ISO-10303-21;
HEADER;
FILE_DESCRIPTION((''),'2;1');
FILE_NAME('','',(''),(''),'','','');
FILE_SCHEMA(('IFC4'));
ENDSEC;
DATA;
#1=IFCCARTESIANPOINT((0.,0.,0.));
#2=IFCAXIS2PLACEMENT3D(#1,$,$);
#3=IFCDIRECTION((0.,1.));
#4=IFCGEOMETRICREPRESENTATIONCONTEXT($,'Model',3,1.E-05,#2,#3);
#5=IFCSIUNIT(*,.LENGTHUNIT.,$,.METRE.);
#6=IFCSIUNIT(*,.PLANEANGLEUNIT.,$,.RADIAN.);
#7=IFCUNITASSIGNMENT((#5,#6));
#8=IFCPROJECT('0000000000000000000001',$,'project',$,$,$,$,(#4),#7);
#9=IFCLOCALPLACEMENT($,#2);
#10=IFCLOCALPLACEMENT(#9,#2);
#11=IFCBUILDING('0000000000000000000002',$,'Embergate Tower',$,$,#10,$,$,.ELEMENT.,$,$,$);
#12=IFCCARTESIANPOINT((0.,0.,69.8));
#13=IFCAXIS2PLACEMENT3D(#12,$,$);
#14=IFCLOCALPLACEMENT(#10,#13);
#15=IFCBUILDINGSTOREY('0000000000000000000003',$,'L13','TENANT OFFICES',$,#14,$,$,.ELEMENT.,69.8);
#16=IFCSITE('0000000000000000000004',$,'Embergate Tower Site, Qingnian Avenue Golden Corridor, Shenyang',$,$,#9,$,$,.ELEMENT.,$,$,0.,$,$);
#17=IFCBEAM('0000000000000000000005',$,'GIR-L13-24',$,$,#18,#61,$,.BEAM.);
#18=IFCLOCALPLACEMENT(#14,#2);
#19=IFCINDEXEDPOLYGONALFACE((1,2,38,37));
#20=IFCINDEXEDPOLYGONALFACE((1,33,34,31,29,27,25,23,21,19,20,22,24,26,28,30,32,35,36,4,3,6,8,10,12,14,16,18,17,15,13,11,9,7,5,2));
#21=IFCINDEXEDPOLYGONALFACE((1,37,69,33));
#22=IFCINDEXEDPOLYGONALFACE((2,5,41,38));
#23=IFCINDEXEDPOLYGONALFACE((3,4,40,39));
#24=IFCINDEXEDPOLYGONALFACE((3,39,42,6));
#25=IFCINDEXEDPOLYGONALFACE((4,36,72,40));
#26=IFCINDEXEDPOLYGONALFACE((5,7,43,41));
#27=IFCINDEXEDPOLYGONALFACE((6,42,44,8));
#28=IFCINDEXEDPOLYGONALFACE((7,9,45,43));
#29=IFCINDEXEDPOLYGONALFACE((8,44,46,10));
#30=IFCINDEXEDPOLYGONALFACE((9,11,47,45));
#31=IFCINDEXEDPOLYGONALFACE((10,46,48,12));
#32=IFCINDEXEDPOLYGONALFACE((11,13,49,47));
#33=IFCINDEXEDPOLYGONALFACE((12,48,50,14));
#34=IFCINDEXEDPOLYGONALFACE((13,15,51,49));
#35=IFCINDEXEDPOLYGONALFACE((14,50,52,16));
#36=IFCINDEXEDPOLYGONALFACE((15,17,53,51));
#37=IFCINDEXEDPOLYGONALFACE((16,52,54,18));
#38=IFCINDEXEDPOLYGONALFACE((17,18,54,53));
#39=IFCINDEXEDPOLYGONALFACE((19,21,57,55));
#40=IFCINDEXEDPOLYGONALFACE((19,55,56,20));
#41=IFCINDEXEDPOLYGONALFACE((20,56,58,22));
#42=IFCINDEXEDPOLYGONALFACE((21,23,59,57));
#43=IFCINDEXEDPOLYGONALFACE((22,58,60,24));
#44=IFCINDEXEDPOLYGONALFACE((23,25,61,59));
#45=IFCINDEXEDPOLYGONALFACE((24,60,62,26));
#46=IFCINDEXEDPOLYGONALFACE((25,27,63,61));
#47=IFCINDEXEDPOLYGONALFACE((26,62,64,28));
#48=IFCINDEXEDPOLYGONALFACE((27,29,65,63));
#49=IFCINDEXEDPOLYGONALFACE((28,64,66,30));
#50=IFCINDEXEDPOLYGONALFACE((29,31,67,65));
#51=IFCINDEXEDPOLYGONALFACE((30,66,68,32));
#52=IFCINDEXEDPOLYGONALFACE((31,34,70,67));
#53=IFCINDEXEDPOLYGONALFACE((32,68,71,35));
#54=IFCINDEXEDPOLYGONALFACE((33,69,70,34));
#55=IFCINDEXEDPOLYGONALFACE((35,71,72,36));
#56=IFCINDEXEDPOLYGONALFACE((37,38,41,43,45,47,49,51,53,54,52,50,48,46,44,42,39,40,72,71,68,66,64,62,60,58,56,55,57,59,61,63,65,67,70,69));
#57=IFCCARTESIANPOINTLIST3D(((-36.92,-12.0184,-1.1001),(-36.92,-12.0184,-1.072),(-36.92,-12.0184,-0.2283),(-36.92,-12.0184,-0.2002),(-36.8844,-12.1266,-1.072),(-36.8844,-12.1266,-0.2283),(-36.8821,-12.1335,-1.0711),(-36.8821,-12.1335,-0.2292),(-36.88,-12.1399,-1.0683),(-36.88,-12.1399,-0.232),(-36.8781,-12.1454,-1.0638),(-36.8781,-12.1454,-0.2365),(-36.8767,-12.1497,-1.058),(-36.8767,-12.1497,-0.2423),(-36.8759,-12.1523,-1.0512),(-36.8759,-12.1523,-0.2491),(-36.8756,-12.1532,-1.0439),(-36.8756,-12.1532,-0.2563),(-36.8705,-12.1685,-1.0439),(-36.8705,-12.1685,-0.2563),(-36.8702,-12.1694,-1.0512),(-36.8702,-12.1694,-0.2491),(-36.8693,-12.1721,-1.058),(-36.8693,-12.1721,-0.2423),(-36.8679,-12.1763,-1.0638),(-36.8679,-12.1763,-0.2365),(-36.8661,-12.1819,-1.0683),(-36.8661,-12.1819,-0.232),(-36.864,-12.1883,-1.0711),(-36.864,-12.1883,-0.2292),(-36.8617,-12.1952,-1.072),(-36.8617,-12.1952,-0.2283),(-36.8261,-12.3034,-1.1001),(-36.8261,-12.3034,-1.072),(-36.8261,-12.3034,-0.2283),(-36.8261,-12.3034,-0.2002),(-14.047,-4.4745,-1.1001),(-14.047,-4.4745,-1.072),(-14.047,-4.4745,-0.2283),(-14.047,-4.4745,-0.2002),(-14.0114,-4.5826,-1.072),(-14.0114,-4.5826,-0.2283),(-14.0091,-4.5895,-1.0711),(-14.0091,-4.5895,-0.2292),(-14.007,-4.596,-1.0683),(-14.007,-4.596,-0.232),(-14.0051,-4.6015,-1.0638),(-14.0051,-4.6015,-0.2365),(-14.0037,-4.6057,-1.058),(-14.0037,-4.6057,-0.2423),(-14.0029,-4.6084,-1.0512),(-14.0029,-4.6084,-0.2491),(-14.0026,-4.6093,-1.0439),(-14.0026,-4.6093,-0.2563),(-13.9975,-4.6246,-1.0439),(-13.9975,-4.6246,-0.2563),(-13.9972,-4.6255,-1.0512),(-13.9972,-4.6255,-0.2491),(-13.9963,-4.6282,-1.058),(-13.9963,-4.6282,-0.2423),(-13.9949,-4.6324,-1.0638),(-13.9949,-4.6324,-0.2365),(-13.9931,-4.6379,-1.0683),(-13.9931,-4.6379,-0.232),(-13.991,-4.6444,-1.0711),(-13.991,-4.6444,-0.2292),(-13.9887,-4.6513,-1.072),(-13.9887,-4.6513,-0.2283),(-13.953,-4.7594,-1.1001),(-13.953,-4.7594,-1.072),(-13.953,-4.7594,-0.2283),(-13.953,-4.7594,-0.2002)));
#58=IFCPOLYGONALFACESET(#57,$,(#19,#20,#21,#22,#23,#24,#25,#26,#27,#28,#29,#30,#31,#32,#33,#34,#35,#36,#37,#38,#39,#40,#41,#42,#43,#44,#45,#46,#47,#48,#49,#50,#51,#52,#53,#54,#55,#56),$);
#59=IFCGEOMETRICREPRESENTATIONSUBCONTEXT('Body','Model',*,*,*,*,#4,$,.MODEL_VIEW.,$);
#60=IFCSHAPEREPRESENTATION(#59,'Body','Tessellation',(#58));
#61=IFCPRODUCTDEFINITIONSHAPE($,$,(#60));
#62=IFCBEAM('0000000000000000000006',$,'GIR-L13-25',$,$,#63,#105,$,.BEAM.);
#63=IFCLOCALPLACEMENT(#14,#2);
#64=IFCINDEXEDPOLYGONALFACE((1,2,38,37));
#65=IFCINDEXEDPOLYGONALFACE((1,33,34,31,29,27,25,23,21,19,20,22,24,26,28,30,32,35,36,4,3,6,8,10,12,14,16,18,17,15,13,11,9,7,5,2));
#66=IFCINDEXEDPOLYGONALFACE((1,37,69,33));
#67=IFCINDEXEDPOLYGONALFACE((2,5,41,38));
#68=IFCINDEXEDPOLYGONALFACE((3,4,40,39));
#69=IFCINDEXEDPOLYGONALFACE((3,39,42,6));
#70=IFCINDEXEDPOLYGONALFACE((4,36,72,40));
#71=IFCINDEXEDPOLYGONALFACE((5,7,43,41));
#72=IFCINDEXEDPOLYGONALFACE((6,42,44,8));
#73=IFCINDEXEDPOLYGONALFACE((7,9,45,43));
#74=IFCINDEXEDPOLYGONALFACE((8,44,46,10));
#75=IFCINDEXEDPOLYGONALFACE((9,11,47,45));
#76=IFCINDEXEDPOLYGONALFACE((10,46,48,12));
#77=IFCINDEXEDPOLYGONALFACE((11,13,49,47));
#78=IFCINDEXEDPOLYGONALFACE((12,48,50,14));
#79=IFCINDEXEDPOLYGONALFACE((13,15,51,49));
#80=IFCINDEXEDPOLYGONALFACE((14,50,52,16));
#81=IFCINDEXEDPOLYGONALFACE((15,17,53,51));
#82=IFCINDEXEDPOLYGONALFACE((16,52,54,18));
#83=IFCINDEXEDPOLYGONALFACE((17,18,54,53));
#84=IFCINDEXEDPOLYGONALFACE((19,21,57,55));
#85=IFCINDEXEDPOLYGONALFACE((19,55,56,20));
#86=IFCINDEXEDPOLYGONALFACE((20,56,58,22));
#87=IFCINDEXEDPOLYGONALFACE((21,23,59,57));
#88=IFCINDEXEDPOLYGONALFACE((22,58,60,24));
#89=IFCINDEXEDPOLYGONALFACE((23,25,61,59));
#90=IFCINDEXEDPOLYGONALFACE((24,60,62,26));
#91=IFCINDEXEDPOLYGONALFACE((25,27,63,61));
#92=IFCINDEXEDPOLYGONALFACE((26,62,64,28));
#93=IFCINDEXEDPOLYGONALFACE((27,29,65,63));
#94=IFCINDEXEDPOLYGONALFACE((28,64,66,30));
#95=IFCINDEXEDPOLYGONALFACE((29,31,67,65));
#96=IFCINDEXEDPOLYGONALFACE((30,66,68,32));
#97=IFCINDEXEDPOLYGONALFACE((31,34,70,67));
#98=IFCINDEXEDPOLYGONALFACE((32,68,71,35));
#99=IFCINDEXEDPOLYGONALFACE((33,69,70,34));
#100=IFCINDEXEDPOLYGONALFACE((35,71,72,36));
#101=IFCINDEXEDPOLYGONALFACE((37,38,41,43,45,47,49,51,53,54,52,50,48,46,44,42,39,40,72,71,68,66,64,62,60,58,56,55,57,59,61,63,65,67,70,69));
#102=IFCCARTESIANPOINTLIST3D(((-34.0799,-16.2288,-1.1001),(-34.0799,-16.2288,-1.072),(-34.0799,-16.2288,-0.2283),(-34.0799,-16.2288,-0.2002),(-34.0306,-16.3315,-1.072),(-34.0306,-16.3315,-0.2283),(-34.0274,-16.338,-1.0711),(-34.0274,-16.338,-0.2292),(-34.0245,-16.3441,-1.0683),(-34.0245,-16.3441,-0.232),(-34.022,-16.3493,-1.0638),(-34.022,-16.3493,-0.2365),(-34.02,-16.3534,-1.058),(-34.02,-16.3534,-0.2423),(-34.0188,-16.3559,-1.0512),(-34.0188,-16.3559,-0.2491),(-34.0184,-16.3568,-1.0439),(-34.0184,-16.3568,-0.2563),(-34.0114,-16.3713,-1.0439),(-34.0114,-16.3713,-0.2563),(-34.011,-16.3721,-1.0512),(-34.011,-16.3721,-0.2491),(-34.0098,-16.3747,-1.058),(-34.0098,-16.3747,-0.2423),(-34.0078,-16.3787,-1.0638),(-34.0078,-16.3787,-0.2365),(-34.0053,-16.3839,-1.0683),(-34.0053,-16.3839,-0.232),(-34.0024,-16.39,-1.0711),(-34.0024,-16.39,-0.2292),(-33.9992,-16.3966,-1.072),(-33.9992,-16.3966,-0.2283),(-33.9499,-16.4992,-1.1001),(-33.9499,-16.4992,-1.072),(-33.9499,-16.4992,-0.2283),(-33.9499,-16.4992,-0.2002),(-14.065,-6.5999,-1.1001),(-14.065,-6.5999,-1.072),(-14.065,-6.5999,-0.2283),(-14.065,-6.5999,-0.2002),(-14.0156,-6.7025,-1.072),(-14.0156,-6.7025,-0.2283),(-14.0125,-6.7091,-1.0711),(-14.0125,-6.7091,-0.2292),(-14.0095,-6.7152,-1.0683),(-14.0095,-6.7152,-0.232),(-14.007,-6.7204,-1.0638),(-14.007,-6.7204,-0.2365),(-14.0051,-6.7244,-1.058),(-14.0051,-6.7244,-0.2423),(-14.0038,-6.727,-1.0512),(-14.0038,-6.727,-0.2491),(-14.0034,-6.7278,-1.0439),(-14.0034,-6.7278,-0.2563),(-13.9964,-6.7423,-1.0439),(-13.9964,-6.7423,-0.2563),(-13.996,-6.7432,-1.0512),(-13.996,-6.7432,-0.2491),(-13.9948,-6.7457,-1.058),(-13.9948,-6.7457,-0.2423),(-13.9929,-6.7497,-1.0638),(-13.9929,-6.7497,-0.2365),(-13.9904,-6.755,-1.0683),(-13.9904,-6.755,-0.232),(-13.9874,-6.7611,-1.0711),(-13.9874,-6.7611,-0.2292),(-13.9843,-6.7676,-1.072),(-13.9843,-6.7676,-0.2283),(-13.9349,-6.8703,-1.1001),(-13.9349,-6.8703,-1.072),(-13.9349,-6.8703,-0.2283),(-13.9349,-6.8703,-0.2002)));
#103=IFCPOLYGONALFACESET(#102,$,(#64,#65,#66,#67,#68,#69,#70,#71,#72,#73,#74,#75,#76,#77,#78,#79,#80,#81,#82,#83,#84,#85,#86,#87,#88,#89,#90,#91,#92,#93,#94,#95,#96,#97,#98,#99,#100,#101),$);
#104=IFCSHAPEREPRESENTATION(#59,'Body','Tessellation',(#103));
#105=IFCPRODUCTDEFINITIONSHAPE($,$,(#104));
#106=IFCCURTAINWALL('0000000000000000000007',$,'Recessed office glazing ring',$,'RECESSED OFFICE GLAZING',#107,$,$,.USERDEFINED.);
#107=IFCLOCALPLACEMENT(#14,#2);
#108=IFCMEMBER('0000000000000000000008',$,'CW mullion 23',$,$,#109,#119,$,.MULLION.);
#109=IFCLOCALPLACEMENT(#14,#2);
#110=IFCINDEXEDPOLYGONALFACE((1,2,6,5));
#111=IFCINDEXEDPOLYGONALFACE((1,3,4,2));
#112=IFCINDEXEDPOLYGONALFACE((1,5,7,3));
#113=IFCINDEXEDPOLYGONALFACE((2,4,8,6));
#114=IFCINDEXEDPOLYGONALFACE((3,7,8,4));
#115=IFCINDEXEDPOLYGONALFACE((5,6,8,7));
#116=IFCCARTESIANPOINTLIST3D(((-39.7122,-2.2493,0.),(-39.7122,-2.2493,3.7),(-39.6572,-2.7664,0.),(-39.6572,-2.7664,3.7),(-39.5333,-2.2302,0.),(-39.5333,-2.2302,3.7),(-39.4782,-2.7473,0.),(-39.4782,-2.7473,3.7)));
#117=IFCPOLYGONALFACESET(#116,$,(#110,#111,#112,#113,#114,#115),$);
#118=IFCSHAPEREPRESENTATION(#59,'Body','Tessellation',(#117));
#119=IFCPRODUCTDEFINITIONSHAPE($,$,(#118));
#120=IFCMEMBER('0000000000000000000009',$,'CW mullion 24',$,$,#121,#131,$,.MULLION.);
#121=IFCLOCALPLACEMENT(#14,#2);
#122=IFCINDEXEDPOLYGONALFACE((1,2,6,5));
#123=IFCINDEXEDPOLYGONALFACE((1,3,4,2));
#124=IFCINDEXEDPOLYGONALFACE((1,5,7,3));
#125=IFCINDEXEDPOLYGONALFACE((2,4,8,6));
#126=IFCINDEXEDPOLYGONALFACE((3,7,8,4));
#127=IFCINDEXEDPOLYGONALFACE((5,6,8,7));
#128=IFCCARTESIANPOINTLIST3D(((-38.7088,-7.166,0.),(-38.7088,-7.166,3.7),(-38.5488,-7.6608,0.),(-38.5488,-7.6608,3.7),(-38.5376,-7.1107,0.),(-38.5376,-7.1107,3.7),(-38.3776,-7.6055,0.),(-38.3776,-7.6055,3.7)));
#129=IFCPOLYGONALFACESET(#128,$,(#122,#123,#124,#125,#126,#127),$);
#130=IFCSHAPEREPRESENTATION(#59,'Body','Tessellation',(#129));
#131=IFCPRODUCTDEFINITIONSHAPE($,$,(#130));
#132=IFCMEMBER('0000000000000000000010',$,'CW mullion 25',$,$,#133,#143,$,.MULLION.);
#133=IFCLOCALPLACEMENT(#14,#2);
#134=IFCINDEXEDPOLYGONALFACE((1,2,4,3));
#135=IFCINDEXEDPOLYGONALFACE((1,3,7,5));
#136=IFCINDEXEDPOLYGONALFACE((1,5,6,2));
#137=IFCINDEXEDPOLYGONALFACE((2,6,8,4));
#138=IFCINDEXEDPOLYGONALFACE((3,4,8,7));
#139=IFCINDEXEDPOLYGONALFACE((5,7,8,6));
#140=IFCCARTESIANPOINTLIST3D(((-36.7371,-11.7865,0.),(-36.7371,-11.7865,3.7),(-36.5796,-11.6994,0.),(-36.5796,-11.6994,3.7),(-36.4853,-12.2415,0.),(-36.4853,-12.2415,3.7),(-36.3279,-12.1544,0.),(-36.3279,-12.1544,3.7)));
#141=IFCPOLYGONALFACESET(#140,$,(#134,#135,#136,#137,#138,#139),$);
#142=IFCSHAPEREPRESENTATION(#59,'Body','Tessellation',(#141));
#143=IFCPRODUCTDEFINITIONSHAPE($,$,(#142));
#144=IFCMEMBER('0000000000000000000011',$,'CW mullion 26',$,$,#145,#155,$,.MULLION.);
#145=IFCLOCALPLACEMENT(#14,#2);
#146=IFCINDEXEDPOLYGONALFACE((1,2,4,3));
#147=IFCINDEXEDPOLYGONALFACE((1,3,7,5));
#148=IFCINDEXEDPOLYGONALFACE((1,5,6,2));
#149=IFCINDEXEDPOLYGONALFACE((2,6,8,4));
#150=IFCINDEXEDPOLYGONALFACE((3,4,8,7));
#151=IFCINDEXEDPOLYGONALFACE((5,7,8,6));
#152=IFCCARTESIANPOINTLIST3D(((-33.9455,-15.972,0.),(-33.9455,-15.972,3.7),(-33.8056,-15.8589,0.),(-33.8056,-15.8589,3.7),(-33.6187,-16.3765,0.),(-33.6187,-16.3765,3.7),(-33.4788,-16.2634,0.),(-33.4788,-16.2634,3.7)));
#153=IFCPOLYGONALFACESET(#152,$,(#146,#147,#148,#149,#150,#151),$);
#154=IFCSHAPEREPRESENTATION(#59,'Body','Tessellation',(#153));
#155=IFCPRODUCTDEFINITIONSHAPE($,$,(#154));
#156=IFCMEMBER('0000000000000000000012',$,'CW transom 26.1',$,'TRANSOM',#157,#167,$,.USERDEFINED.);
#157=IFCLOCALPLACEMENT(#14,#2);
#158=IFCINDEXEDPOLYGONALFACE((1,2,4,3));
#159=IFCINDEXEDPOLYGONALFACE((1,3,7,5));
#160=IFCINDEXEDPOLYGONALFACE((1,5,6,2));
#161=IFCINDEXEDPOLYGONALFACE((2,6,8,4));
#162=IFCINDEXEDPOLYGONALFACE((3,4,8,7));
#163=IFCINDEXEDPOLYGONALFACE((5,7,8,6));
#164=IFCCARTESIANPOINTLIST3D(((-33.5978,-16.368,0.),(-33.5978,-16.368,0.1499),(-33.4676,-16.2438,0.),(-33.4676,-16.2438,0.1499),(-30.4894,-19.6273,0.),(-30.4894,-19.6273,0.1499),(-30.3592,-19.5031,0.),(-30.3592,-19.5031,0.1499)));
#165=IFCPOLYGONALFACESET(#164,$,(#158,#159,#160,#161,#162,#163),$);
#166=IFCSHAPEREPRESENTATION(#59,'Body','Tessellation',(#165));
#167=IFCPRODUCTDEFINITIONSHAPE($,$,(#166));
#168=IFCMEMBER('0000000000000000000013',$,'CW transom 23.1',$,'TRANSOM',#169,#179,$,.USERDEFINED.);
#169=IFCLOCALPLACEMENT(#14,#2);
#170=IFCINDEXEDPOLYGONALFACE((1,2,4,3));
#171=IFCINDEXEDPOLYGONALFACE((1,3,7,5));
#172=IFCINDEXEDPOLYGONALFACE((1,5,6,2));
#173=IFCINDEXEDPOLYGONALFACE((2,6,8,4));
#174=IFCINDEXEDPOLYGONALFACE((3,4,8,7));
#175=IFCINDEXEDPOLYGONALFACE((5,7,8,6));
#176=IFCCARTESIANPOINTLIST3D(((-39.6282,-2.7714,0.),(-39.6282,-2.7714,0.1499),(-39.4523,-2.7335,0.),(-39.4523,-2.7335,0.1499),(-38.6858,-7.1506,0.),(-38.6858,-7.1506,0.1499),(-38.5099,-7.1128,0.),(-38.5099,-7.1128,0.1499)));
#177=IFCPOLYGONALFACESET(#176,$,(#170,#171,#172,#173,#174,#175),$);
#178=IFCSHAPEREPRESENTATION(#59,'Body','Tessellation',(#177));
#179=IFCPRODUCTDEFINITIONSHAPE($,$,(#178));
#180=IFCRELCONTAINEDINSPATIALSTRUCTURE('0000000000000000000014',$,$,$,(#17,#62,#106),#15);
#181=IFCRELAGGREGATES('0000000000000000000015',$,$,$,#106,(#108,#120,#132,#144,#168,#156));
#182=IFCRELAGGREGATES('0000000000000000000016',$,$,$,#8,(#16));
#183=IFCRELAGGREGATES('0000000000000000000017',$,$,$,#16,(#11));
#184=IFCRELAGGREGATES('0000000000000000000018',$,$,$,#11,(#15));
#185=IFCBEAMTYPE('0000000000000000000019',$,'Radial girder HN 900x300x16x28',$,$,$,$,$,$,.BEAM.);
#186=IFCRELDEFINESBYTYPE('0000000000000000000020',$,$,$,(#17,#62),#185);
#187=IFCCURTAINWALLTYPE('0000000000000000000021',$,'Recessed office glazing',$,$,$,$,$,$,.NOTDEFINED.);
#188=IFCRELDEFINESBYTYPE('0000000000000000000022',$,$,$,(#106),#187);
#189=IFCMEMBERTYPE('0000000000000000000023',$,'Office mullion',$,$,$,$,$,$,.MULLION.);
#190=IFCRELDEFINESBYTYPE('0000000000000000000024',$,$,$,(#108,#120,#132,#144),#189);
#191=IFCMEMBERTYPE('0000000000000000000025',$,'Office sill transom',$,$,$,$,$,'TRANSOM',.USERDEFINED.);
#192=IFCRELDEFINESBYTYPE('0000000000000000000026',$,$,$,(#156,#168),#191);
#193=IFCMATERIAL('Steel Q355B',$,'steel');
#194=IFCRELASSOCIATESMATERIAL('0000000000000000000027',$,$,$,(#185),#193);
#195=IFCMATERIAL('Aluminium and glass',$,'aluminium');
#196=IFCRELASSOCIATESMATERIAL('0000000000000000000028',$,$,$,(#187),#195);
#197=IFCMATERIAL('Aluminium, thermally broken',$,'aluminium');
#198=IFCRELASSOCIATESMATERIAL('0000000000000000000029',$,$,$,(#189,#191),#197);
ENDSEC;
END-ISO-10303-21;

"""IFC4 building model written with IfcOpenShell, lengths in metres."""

from ifc_helpers import new_model, si_unit, direction, frame, origin, origin_2d, place, context, subcontext, project, spatial, rectangle, i_section, extrude, source, transform, mapped, material, material_profile, profile_set, type_object, element, aggregate, save


model = new_model("IFC4")

# Units and contexts
model_context = context("Model", 3, precision=1e-05, world=origin(), true_north=direction((0.0, 1.0)))
body_context = subcontext(model_context, "Body", "Model", "MODEL_VIEW")
ifc_project = project(units=[si_unit("LENGTHUNIT", "METRE"), si_unit("PLANEANGLEUNIT", "RADIAN")], contexts=[model_context])

# Site, building, storey
site_placement = place(None, origin())
site = spatial("IfcSite", under=ifc_project, at=site_placement, Name="Embergate Tower Site, Qingnian Avenue Golden Corridor, Shenyang", CompositionType="ELEMENT", RefElevation=0.0)
building_placement = place(site_placement, origin())
building = spatial("IfcBuilding", under=site, at=building_placement, Name="Embergate Tower", CompositionType="ELEMENT")
storey_placement = place(building_placement, frame((0.0, 0.0, 69.8)))
storey = spatial("IfcBuildingStorey", under=building, at=storey_placement, Name="L13", Description="TENANT OFFICES", CompositionType="ELEMENT", Elevation=69.8)

# Beams
ifc_material_1 = material(Name="Steel Q355B", Category="steel")
ifc_material_profile_1 = material_profile(ifc_material_1, i_section(OverallWidth=0.3, OverallDepth=0.8999, WebThickness=0.0161, FlangeThickness=0.0281, FilletRadius=0.0281, at=origin_2d()), Name="HN 900x300x16x28")
ifc_profile_set_1 = profile_set([ifc_material_profile_1], Name="Steel Q355 grade B")
beam_type_1 = type_object("IfcBeamType", Name="Radial girder HN 900x300x16x28", PredefinedType="BEAM", material=ifc_profile_set_1)
shared_shape_1 = source(origin(), body_context, "Body", "SweptSolid", [
    extrude(i_section(OverallWidth=0.3, OverallDepth=0.8999, WebThickness=0.0161, FlangeThickness=0.0281, FilletRadius=0.0281, at=origin_2d()), origin(), (0.0, 0.0, 1.0), 24.085),
])
beam_1_placement = place(storey_placement, frame((-36.873, -12.1609, -0.6501), z_axis=(0.94968, 0.313222, 0.0), x_axis=(-0.313222, 0.94968, 0.0)))
element("IfcBeam", 1, at=beam_1_placement, inside=storey, type_object=beam_type_1, Name="GIR-L13-24", PredefinedType="BEAM", context=body_context, shape_type="MappedRepresentation", body=[
    mapped(shared_shape_1, transform((0.0, 0.0, 0.0))),
])
shared_shape_2 = source(origin(), body_context, "Body", "SweptSolid", [
    extrude(i_section(OverallWidth=0.3, OverallDepth=0.8999, WebThickness=0.0161, FlangeThickness=0.0281, FilletRadius=0.0281, at=origin_2d()), origin(), (0.0, 0.0, 1.0), 22.2107),
])
beam_2_placement = place(storey_placement, frame((-34.0149, -16.364, -0.6501), z_axis=(0.901141, 0.433527, 0.0), x_axis=(-0.433527, 0.901141, 0.0)))
element("IfcBeam", 2, at=beam_2_placement, inside=storey, type_object=beam_type_1, Name="GIR-L13-25", PredefinedType="BEAM", context=body_context, shape_type="MappedRepresentation", body=[
    mapped(shared_shape_2, transform((0.0, 0.0, 0.0))),
])

# Curtain wall, members
ifc_material_2 = material(Name="Aluminium and glass", Category="aluminium")
curtain_wall_type = type_object("IfcCurtainWallType", Name="Recessed office glazing", PredefinedType="NOTDEFINED", material=ifc_material_2)
curtain_wall_placement = place(storey_placement, origin())
curtain_wall = element("IfcCurtainWall", 3, at=curtain_wall_placement, inside=storey, type_object=curtain_wall_type, Name="Recessed office glazing ring", ObjectType="RECESSED OFFICE GLAZING", PredefinedType="USERDEFINED")
ifc_material_3 = material(Name="Aluminium, thermally broken", Category="aluminium")
ifc_material_profile_2 = material_profile(ifc_material_3, rectangle(XDim=0.1799, YDim=0.52, at=origin_2d()), Name="AL 520x180")
ifc_profile_set_2 = profile_set([ifc_material_profile_2], Name="Aluminium, thermally broken")
member_type_1 = type_object("IfcMemberType", Name="Office mullion", PredefinedType="MULLION", material=ifc_profile_set_2)
shared_shape_3 = source(origin(), body_context, "Body", "SweptSolid", [
    extrude(rectangle(XDim=0.1799, YDim=0.52, at=origin_2d()), origin(), (0.0, 0.0, 1.0), 3.7),
])
member_1_placement = place(storey_placement, frame((-39.5952, -2.4983, 0.0), z_axis=(0.0, 0.0, 1.0), x_axis=(0.994385, 0.10582, 0.0)))
member_1 = element("IfcMember", 4, at=member_1_placement, type_object=member_type_1, Name="CW mullion 23", PredefinedType="MULLION", context=body_context, shape_type="MappedRepresentation", body=[
    mapped(shared_shape_3, transform((0.0, 0.0, 0.0))),
])
member_2_placement = place(storey_placement, frame((-38.5432, -7.3857, 0.0), z_axis=(0.0, 0.0, 1.0), x_axis=(0.951501, 0.307646, 0.0)))
member_2 = element("IfcMember", 5, at=member_2_placement, type_object=member_type_1, Name="CW mullion 24", PredefinedType="MULLION", context=body_context, shape_type="MappedRepresentation", body=[
    mapped(shared_shape_3, transform((0.0, 0.0, 0.0))),
])
member_3_placement = place(storey_placement, frame((-36.5325, -11.9705, 0.0), z_axis=(0.0, 0.0, 1.0), x_axis=(0.875008, 0.484109, 0.0)))
member_3 = element("IfcMember", 6, at=member_3_placement, type_object=member_type_1, Name="CW mullion 25", PredefinedType="MULLION", context=body_context, shape_type="MappedRepresentation", body=[
    mapped(shared_shape_3, transform((0.0, 0.0, 0.0))),
])
member_4_placement = place(storey_placement, frame((-33.7122, -16.1177, 0.0), z_axis=(0.0, 0.0, 1.0), x_axis=(0.77788, 0.628413, 0.0)))
member_4 = element("IfcMember", 7, at=member_4_placement, type_object=member_type_1, Name="CW mullion 26", PredefinedType="MULLION", context=body_context, shape_type="MappedRepresentation", body=[
    mapped(shared_shape_3, transform((0.0, 0.0, 0.0))),
])
ifc_material_profile_3 = material_profile(ifc_material_3, rectangle(XDim=0.1799, YDim=0.1499, at=origin_2d()), Name="AL 150x180")
ifc_profile_set_3 = profile_set([ifc_material_profile_3], Name="Aluminium, thermally broken")
member_type_2 = type_object("IfcMemberType", Name="Office sill transom", ElementType="TRANSOM", PredefinedType="USERDEFINED", material=ifc_profile_set_3)
shared_shape_4 = source(origin(), body_context, "Body", "SweptSolid", [
    extrude(rectangle(XDim=0.1799, YDim=0.1499, at=origin_2d()), origin(), (0.0, 0.0, 1.0), 4.5039),
])
member_5_placement = place(storey_placement, frame((-33.5327, -16.3059, 0.075), z_axis=(0.690159, -0.723658, 0.0), x_axis=(0.723658, 0.690159, 0.0)))
member_5 = element("IfcMember", 8, at=member_5_placement, type_object=member_type_2, Name="CW transom 26.1", ObjectType="TRANSOM", PredefinedType="USERDEFINED", context=body_context, shape_type="MappedRepresentation", body=[
    mapped(shared_shape_4, transform((0.0, 0.0, 0.0))),
])
shared_shape_5 = source(origin(), body_context, "Body", "SweptSolid", [
    extrude(rectangle(XDim=0.1799, YDim=0.1499, at=origin_2d()), origin(), (0.0, 0.0, 1.0), 4.4795),
])
member_6_placement = place(storey_placement, frame((-39.5403, -2.7524, 0.075), z_axis=(0.210381, -0.977619, 0.0), x_axis=(0.977619, 0.210381, 0.0)))
member_6 = element("IfcMember", 9, at=member_6_placement, type_object=member_type_2, Name="CW transom 23.1", ObjectType="TRANSOM", PredefinedType="USERDEFINED", context=body_context, shape_type="MappedRepresentation", body=[
    mapped(shared_shape_5, transform((0.0, 0.0, 0.0))),
])
aggregate(curtain_wall, [member_1, member_2, member_3, member_4, member_6, member_5])

save(model, "model.ifc")
